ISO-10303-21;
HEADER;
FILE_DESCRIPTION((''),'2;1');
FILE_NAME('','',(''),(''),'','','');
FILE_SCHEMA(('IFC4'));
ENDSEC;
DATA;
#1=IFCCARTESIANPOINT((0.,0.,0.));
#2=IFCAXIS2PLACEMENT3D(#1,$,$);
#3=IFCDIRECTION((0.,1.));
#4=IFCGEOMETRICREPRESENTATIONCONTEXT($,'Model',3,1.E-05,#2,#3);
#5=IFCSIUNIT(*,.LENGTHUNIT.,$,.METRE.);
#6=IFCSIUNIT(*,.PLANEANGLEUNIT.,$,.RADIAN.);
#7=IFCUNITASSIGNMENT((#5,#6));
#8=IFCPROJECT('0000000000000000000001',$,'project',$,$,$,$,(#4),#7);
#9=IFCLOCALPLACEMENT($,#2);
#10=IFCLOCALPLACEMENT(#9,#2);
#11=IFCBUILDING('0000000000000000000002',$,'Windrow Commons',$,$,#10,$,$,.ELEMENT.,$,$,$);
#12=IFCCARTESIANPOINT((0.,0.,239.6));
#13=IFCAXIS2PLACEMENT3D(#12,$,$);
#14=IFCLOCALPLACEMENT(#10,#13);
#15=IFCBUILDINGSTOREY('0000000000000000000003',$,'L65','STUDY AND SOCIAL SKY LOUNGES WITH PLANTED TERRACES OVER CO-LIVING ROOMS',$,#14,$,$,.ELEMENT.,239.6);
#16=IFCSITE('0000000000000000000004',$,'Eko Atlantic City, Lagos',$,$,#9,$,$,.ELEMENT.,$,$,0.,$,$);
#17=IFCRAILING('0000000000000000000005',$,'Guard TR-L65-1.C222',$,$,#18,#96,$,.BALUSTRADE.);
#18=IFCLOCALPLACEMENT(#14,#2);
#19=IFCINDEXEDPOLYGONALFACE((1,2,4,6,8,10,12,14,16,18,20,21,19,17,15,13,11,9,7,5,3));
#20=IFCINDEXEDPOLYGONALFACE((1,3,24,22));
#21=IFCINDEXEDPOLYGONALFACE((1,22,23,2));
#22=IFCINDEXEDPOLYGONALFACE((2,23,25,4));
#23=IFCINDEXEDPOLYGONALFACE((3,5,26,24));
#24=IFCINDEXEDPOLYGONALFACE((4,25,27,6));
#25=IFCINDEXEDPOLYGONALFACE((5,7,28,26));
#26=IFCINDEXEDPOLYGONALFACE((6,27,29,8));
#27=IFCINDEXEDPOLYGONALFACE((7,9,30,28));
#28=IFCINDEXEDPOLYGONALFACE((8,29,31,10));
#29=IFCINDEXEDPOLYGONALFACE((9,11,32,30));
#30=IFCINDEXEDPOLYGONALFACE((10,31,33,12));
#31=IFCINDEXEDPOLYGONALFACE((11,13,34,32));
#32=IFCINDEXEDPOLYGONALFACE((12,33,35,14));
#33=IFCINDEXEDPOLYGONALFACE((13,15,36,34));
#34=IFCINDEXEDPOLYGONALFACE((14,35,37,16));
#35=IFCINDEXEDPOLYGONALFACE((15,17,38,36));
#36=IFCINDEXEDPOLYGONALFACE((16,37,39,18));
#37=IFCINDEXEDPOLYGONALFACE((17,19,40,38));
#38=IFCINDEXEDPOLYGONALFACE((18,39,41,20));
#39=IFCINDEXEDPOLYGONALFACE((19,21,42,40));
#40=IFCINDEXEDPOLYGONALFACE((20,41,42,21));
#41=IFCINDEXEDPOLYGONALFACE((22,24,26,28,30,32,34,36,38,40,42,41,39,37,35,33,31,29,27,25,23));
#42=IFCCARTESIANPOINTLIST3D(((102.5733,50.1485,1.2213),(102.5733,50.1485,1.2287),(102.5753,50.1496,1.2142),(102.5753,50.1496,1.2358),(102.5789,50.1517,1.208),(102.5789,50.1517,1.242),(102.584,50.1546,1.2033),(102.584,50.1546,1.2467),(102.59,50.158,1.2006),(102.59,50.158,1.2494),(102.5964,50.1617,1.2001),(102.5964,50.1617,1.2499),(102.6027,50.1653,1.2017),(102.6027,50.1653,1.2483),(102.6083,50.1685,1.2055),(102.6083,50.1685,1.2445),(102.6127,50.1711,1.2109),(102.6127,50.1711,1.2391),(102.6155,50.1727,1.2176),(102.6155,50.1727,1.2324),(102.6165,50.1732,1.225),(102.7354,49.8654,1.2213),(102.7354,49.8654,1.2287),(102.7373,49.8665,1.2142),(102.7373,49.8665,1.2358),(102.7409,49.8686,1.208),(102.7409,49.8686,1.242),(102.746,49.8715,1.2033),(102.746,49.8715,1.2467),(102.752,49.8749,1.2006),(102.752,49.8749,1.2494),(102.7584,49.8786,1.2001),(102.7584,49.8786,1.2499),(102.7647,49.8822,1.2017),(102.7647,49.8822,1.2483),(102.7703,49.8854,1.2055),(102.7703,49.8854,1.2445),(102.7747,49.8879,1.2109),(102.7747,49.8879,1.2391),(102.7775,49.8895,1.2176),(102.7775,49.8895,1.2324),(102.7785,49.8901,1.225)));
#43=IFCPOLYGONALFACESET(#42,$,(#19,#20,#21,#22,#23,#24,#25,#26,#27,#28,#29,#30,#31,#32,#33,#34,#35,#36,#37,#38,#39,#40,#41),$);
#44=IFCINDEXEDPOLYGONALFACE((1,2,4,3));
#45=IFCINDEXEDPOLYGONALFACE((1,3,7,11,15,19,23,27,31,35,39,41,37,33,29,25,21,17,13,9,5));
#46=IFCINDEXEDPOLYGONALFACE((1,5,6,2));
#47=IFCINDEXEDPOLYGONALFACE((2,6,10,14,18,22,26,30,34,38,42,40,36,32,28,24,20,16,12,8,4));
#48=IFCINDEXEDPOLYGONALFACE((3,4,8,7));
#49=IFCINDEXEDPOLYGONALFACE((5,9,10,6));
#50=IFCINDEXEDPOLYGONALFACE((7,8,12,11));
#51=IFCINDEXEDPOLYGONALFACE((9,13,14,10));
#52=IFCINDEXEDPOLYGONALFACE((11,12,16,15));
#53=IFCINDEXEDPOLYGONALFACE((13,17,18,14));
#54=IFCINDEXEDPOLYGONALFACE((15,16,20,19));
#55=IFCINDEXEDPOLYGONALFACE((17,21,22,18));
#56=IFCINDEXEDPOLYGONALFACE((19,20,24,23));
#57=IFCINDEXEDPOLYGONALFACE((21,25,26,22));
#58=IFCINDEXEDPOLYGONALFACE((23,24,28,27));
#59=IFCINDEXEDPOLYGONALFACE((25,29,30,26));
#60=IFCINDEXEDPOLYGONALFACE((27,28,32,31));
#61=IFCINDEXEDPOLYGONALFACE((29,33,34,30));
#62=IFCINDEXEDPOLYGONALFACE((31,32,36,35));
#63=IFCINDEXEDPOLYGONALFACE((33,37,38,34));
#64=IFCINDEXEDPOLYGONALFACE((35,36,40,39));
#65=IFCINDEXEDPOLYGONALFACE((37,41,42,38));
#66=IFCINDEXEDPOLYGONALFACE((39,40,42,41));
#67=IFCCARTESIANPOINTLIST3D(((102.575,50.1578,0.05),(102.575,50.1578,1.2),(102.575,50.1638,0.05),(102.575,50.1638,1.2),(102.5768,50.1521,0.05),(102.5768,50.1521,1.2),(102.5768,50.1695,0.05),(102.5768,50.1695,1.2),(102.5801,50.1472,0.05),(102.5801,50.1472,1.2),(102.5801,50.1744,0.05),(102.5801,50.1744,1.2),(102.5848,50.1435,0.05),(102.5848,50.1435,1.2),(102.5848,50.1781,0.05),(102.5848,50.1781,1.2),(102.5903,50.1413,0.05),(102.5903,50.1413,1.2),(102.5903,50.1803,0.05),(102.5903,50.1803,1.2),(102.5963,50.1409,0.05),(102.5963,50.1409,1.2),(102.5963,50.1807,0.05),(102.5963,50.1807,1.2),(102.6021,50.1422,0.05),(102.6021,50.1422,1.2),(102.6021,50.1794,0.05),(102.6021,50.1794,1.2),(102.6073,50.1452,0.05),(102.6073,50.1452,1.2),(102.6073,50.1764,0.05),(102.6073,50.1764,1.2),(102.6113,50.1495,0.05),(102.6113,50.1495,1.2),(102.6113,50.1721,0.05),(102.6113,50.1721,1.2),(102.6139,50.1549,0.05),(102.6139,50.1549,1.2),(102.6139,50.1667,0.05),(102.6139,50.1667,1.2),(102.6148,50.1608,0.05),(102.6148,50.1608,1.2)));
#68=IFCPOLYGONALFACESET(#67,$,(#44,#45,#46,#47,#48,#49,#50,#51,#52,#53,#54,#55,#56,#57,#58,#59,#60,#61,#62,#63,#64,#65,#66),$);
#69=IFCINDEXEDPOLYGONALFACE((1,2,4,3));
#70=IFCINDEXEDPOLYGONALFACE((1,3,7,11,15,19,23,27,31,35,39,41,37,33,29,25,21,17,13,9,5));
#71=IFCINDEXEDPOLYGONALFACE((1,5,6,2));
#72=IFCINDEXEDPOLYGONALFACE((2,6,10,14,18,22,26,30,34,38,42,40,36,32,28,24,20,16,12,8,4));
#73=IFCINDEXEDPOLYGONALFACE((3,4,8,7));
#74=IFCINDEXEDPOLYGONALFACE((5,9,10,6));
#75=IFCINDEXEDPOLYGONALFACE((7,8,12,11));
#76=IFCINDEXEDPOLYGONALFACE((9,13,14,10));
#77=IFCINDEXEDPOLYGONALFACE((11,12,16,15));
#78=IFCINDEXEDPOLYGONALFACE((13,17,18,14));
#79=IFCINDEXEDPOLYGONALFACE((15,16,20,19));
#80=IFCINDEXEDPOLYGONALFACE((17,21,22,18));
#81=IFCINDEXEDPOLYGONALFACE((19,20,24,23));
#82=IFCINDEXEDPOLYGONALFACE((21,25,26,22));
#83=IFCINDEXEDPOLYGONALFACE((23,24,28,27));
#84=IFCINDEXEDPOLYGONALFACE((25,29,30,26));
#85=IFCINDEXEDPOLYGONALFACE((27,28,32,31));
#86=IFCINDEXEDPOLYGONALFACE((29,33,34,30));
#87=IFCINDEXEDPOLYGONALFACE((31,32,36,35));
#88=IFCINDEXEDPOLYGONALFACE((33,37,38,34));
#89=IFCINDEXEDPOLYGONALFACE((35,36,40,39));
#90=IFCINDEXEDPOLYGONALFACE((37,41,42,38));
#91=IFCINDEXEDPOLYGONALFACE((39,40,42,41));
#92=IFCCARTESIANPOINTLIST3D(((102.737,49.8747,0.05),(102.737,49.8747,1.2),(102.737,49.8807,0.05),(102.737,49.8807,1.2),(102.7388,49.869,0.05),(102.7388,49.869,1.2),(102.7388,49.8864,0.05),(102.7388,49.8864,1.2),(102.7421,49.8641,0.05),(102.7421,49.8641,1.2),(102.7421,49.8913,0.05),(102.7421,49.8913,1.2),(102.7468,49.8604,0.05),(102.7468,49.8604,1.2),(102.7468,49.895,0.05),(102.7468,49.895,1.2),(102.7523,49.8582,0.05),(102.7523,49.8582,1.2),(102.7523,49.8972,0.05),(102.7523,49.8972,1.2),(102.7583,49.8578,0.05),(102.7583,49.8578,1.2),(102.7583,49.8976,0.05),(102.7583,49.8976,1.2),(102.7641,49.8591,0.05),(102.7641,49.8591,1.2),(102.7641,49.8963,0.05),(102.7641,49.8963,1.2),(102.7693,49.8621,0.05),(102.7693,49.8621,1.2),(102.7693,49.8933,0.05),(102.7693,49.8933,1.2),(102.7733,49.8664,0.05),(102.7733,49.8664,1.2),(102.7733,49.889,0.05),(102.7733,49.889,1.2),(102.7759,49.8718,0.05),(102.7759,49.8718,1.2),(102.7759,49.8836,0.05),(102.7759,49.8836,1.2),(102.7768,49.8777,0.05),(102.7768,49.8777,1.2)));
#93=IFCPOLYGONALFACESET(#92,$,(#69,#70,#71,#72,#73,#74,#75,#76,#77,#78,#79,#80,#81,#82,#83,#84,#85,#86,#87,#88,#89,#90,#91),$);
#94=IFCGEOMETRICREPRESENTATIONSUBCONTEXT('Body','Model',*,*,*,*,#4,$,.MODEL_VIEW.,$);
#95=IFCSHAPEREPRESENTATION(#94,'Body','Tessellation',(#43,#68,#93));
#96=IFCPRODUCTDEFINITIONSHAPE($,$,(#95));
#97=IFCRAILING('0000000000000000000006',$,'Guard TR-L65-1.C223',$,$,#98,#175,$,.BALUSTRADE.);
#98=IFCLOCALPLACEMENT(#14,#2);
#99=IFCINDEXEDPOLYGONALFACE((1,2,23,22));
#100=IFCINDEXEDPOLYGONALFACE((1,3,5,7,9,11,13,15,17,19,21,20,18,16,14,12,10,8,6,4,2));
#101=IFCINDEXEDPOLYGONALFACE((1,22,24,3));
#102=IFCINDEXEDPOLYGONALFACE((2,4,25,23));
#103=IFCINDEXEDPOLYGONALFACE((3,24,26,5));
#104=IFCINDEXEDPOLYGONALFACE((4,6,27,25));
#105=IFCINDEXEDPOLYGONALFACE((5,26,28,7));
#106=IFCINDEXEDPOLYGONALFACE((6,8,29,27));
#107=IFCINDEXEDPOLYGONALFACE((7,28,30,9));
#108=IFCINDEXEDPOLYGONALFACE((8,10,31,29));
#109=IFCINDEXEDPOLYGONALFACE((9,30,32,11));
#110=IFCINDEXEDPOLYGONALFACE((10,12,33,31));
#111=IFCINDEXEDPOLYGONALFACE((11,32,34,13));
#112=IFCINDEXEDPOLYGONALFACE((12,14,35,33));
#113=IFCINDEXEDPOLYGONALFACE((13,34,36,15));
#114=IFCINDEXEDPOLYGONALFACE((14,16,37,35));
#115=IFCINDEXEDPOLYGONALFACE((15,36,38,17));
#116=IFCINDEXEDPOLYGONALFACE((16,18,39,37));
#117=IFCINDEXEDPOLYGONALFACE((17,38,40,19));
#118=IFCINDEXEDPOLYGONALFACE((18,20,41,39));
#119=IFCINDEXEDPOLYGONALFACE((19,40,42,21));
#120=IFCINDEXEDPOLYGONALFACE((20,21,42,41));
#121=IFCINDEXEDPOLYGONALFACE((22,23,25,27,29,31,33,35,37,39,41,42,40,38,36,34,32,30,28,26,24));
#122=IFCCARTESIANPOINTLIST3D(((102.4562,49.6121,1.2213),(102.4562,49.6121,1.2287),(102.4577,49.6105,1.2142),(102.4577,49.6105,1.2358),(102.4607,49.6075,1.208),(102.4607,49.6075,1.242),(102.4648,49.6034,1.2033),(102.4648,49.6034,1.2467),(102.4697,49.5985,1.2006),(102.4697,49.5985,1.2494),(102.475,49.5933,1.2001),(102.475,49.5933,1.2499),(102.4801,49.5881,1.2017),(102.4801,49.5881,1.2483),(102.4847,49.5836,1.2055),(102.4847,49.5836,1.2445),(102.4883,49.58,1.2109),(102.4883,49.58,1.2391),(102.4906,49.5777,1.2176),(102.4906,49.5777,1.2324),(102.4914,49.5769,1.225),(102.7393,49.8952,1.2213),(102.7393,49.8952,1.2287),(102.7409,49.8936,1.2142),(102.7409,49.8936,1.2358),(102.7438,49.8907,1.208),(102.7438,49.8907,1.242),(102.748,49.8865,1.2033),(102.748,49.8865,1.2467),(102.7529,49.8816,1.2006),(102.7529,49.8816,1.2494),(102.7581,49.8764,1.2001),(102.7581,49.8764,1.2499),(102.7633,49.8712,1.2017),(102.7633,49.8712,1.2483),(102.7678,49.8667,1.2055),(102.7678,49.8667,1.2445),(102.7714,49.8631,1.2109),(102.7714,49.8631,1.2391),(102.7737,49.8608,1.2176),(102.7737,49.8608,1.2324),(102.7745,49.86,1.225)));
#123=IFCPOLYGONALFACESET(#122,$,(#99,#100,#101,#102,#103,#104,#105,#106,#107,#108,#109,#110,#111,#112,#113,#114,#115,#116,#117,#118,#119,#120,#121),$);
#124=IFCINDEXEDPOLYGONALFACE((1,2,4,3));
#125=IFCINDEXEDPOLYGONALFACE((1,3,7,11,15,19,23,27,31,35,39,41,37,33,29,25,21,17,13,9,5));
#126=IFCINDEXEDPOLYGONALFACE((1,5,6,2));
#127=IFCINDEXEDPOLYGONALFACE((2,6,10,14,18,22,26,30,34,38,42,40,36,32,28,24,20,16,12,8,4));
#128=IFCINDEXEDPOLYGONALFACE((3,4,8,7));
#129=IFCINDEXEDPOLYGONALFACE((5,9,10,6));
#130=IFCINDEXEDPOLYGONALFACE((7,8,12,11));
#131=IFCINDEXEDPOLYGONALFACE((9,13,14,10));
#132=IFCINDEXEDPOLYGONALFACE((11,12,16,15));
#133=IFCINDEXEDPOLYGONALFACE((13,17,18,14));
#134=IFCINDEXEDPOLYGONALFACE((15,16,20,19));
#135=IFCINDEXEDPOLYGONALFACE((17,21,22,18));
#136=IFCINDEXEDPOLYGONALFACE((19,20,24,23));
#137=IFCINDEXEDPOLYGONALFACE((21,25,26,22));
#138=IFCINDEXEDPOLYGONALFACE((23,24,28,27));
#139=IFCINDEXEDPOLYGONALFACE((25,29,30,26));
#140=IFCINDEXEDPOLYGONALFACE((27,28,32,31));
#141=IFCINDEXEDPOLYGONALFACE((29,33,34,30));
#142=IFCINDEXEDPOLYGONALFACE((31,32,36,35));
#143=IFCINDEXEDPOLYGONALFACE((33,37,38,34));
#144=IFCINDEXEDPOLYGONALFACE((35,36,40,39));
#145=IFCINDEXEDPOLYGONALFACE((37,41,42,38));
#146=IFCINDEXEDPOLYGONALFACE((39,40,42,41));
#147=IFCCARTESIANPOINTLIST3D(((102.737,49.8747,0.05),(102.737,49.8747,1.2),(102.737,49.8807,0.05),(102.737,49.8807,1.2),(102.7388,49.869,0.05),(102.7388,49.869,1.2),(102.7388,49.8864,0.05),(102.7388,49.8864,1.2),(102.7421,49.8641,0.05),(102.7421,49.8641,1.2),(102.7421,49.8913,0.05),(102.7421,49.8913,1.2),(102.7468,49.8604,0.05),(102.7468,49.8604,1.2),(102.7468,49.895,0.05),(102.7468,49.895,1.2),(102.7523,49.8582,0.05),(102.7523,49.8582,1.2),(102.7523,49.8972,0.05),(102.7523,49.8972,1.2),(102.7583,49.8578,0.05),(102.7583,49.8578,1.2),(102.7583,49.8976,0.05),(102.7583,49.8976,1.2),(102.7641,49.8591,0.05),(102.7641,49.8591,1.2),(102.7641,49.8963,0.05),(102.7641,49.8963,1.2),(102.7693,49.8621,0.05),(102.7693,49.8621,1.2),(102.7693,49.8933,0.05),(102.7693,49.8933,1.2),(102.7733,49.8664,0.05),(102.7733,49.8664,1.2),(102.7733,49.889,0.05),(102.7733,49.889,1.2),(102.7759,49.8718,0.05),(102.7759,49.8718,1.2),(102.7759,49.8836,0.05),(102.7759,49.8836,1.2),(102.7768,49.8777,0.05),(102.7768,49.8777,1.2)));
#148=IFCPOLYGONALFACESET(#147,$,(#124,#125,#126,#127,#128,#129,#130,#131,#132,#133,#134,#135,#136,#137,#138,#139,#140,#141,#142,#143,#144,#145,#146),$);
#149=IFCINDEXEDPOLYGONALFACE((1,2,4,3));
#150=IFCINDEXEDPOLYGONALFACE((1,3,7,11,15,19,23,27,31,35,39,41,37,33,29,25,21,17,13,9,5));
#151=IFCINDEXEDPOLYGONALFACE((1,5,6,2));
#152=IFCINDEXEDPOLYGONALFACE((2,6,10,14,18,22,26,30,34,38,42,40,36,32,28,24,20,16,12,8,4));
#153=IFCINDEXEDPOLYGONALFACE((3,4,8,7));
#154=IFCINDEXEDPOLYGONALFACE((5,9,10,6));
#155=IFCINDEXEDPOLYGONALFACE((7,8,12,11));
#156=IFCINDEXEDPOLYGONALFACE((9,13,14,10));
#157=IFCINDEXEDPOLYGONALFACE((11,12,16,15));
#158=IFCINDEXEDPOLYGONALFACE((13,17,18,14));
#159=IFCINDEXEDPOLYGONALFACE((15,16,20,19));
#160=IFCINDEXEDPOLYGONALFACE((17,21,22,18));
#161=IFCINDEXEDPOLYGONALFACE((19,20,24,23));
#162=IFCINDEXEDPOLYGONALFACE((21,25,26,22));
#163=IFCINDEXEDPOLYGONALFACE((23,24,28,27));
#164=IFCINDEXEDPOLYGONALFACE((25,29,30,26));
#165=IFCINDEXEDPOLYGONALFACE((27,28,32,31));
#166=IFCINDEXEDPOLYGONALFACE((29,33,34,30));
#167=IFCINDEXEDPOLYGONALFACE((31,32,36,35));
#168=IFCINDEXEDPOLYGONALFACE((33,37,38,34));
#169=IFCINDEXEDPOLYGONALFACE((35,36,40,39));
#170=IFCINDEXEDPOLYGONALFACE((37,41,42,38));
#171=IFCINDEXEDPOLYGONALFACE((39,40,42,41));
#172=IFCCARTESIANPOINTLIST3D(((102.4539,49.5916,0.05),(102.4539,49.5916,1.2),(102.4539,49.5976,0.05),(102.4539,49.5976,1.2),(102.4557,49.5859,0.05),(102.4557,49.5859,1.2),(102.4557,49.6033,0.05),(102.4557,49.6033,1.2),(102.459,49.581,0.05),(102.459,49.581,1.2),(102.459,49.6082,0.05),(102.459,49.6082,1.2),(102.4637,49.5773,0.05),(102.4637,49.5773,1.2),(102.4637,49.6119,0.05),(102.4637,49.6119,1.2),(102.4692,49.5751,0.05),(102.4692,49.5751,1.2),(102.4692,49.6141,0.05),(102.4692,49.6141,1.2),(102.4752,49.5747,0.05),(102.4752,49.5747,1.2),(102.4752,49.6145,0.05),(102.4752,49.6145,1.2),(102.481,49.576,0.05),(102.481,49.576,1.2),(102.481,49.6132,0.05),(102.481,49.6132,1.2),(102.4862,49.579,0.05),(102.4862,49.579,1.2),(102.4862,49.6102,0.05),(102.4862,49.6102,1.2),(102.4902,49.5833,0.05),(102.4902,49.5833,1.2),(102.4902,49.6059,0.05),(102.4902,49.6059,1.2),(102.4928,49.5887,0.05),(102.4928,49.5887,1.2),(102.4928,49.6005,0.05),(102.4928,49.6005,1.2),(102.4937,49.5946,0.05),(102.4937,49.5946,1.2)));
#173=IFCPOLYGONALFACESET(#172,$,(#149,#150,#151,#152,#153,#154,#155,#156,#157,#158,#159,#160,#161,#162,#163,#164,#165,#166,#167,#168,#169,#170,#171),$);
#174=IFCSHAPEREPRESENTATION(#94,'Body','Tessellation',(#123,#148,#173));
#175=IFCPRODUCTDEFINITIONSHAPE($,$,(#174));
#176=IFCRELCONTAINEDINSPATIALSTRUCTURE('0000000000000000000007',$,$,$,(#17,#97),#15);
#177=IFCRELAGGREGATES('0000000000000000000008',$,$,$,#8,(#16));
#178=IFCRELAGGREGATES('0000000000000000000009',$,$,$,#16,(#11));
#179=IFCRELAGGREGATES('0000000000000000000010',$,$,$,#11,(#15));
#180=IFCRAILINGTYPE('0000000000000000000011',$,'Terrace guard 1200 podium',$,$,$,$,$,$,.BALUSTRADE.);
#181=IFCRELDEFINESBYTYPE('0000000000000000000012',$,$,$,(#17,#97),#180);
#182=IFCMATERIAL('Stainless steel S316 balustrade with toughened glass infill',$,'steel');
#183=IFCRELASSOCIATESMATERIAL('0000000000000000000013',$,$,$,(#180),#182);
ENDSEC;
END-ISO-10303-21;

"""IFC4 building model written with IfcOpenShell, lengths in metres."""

from ifc_helpers import new_model, si_unit, direction, frame, origin, origin_2d, place, context, subcontext, project, spatial, circle, extrude, material, type_object, element, save


model = new_model("IFC4")

# Units and contexts
model_context = context("Model", 3, precision=1e-05, world=origin(), true_north=direction((0.0, 1.0)))
body_context = subcontext(model_context, "Body", "Model", "MODEL_VIEW")
ifc_project = project(units=[si_unit("LENGTHUNIT", "METRE"), si_unit("PLANEANGLEUNIT", "RADIAN")], contexts=[model_context])

# Site, building, storey
site_placement = place(None, origin())
site = spatial("IfcSite", under=ifc_project, at=site_placement, Name="Eko Atlantic City, Lagos", CompositionType="ELEMENT", RefElevation=0.0)
building_placement = place(site_placement, origin())
building = spatial("IfcBuilding", under=site, at=building_placement, Name="Windrow Commons", CompositionType="ELEMENT")
storey_placement = place(building_placement, frame((0.0, 0.0, 239.6)))
storey = spatial("IfcBuildingStorey", under=building, at=storey_placement, Name="L65", Description="STUDY AND SOCIAL SKY LOUNGES WITH PLANTED TERRACES OVER CO-LIVING ROOMS", CompositionType="ELEMENT", Elevation=239.6)

# Railings
ifc_material_1 = material(Name="Stainless steel S316 balustrade with toughened glass infill", Category="steel")
railing_type_1 = type_object("IfcRailingType", Name="Terrace guard 1200 podium", PredefinedType="BALUSTRADE", material=ifc_material_1)
railing_1_placement = place(storey_placement, frame((102.5948, 50.1608, 0.05)))
element("IfcRailing", 1, at=railing_1_placement, inside=storey, type_object=railing_type_1, Name="Guard TR-L65-1.C222", PredefinedType="BALUSTRADE", context=body_context, shape_type="SweptSolid", body=[
    extrude(circle(Radius=0.025, at=origin_2d()), frame((0.0, 0.0, 1.175), z_axis=(0.496667, -0.867941, 0.0), x_axis=(0.867941, 0.496667, 0.0)), (0.0, 0.0, 1.0), 0.3262),
    extrude(circle(Radius=0.02, at=origin_2d()), origin(), (0.0, 0.0, 1.0), 1.15),
    extrude(circle(Radius=0.02, at=origin_2d()), frame((0.162, -0.2831, 0.0)), (0.0, 0.0, 1.0), 1.15),
])
railing_2_placement = place(storey_placement, frame((102.7568, 49.8777, 0.05)))
element("IfcRailing", 2, at=railing_2_placement, inside=storey, type_object=railing_type_1, Name="Guard TR-L65-1.C223", PredefinedType="BALUSTRADE", context=body_context, shape_type="SweptSolid", body=[
    extrude(circle(Radius=0.025, at=origin_2d()), frame((0.0, 0.0, 1.175), z_axis=(-0.707107, -0.707107, 0.0), x_axis=(0.707107, -0.707107, 0.0)), (0.0, 0.0, 1.0), 0.4004),
    extrude(circle(Radius=0.02, at=origin_2d()), origin(), (0.0, 0.0, 1.0), 1.15),
    extrude(circle(Radius=0.02, at=origin_2d()), frame((-0.2831, -0.2831, 0.0)), (0.0, 0.0, 1.0), 1.15),
])

save(model, "model.ifc")
